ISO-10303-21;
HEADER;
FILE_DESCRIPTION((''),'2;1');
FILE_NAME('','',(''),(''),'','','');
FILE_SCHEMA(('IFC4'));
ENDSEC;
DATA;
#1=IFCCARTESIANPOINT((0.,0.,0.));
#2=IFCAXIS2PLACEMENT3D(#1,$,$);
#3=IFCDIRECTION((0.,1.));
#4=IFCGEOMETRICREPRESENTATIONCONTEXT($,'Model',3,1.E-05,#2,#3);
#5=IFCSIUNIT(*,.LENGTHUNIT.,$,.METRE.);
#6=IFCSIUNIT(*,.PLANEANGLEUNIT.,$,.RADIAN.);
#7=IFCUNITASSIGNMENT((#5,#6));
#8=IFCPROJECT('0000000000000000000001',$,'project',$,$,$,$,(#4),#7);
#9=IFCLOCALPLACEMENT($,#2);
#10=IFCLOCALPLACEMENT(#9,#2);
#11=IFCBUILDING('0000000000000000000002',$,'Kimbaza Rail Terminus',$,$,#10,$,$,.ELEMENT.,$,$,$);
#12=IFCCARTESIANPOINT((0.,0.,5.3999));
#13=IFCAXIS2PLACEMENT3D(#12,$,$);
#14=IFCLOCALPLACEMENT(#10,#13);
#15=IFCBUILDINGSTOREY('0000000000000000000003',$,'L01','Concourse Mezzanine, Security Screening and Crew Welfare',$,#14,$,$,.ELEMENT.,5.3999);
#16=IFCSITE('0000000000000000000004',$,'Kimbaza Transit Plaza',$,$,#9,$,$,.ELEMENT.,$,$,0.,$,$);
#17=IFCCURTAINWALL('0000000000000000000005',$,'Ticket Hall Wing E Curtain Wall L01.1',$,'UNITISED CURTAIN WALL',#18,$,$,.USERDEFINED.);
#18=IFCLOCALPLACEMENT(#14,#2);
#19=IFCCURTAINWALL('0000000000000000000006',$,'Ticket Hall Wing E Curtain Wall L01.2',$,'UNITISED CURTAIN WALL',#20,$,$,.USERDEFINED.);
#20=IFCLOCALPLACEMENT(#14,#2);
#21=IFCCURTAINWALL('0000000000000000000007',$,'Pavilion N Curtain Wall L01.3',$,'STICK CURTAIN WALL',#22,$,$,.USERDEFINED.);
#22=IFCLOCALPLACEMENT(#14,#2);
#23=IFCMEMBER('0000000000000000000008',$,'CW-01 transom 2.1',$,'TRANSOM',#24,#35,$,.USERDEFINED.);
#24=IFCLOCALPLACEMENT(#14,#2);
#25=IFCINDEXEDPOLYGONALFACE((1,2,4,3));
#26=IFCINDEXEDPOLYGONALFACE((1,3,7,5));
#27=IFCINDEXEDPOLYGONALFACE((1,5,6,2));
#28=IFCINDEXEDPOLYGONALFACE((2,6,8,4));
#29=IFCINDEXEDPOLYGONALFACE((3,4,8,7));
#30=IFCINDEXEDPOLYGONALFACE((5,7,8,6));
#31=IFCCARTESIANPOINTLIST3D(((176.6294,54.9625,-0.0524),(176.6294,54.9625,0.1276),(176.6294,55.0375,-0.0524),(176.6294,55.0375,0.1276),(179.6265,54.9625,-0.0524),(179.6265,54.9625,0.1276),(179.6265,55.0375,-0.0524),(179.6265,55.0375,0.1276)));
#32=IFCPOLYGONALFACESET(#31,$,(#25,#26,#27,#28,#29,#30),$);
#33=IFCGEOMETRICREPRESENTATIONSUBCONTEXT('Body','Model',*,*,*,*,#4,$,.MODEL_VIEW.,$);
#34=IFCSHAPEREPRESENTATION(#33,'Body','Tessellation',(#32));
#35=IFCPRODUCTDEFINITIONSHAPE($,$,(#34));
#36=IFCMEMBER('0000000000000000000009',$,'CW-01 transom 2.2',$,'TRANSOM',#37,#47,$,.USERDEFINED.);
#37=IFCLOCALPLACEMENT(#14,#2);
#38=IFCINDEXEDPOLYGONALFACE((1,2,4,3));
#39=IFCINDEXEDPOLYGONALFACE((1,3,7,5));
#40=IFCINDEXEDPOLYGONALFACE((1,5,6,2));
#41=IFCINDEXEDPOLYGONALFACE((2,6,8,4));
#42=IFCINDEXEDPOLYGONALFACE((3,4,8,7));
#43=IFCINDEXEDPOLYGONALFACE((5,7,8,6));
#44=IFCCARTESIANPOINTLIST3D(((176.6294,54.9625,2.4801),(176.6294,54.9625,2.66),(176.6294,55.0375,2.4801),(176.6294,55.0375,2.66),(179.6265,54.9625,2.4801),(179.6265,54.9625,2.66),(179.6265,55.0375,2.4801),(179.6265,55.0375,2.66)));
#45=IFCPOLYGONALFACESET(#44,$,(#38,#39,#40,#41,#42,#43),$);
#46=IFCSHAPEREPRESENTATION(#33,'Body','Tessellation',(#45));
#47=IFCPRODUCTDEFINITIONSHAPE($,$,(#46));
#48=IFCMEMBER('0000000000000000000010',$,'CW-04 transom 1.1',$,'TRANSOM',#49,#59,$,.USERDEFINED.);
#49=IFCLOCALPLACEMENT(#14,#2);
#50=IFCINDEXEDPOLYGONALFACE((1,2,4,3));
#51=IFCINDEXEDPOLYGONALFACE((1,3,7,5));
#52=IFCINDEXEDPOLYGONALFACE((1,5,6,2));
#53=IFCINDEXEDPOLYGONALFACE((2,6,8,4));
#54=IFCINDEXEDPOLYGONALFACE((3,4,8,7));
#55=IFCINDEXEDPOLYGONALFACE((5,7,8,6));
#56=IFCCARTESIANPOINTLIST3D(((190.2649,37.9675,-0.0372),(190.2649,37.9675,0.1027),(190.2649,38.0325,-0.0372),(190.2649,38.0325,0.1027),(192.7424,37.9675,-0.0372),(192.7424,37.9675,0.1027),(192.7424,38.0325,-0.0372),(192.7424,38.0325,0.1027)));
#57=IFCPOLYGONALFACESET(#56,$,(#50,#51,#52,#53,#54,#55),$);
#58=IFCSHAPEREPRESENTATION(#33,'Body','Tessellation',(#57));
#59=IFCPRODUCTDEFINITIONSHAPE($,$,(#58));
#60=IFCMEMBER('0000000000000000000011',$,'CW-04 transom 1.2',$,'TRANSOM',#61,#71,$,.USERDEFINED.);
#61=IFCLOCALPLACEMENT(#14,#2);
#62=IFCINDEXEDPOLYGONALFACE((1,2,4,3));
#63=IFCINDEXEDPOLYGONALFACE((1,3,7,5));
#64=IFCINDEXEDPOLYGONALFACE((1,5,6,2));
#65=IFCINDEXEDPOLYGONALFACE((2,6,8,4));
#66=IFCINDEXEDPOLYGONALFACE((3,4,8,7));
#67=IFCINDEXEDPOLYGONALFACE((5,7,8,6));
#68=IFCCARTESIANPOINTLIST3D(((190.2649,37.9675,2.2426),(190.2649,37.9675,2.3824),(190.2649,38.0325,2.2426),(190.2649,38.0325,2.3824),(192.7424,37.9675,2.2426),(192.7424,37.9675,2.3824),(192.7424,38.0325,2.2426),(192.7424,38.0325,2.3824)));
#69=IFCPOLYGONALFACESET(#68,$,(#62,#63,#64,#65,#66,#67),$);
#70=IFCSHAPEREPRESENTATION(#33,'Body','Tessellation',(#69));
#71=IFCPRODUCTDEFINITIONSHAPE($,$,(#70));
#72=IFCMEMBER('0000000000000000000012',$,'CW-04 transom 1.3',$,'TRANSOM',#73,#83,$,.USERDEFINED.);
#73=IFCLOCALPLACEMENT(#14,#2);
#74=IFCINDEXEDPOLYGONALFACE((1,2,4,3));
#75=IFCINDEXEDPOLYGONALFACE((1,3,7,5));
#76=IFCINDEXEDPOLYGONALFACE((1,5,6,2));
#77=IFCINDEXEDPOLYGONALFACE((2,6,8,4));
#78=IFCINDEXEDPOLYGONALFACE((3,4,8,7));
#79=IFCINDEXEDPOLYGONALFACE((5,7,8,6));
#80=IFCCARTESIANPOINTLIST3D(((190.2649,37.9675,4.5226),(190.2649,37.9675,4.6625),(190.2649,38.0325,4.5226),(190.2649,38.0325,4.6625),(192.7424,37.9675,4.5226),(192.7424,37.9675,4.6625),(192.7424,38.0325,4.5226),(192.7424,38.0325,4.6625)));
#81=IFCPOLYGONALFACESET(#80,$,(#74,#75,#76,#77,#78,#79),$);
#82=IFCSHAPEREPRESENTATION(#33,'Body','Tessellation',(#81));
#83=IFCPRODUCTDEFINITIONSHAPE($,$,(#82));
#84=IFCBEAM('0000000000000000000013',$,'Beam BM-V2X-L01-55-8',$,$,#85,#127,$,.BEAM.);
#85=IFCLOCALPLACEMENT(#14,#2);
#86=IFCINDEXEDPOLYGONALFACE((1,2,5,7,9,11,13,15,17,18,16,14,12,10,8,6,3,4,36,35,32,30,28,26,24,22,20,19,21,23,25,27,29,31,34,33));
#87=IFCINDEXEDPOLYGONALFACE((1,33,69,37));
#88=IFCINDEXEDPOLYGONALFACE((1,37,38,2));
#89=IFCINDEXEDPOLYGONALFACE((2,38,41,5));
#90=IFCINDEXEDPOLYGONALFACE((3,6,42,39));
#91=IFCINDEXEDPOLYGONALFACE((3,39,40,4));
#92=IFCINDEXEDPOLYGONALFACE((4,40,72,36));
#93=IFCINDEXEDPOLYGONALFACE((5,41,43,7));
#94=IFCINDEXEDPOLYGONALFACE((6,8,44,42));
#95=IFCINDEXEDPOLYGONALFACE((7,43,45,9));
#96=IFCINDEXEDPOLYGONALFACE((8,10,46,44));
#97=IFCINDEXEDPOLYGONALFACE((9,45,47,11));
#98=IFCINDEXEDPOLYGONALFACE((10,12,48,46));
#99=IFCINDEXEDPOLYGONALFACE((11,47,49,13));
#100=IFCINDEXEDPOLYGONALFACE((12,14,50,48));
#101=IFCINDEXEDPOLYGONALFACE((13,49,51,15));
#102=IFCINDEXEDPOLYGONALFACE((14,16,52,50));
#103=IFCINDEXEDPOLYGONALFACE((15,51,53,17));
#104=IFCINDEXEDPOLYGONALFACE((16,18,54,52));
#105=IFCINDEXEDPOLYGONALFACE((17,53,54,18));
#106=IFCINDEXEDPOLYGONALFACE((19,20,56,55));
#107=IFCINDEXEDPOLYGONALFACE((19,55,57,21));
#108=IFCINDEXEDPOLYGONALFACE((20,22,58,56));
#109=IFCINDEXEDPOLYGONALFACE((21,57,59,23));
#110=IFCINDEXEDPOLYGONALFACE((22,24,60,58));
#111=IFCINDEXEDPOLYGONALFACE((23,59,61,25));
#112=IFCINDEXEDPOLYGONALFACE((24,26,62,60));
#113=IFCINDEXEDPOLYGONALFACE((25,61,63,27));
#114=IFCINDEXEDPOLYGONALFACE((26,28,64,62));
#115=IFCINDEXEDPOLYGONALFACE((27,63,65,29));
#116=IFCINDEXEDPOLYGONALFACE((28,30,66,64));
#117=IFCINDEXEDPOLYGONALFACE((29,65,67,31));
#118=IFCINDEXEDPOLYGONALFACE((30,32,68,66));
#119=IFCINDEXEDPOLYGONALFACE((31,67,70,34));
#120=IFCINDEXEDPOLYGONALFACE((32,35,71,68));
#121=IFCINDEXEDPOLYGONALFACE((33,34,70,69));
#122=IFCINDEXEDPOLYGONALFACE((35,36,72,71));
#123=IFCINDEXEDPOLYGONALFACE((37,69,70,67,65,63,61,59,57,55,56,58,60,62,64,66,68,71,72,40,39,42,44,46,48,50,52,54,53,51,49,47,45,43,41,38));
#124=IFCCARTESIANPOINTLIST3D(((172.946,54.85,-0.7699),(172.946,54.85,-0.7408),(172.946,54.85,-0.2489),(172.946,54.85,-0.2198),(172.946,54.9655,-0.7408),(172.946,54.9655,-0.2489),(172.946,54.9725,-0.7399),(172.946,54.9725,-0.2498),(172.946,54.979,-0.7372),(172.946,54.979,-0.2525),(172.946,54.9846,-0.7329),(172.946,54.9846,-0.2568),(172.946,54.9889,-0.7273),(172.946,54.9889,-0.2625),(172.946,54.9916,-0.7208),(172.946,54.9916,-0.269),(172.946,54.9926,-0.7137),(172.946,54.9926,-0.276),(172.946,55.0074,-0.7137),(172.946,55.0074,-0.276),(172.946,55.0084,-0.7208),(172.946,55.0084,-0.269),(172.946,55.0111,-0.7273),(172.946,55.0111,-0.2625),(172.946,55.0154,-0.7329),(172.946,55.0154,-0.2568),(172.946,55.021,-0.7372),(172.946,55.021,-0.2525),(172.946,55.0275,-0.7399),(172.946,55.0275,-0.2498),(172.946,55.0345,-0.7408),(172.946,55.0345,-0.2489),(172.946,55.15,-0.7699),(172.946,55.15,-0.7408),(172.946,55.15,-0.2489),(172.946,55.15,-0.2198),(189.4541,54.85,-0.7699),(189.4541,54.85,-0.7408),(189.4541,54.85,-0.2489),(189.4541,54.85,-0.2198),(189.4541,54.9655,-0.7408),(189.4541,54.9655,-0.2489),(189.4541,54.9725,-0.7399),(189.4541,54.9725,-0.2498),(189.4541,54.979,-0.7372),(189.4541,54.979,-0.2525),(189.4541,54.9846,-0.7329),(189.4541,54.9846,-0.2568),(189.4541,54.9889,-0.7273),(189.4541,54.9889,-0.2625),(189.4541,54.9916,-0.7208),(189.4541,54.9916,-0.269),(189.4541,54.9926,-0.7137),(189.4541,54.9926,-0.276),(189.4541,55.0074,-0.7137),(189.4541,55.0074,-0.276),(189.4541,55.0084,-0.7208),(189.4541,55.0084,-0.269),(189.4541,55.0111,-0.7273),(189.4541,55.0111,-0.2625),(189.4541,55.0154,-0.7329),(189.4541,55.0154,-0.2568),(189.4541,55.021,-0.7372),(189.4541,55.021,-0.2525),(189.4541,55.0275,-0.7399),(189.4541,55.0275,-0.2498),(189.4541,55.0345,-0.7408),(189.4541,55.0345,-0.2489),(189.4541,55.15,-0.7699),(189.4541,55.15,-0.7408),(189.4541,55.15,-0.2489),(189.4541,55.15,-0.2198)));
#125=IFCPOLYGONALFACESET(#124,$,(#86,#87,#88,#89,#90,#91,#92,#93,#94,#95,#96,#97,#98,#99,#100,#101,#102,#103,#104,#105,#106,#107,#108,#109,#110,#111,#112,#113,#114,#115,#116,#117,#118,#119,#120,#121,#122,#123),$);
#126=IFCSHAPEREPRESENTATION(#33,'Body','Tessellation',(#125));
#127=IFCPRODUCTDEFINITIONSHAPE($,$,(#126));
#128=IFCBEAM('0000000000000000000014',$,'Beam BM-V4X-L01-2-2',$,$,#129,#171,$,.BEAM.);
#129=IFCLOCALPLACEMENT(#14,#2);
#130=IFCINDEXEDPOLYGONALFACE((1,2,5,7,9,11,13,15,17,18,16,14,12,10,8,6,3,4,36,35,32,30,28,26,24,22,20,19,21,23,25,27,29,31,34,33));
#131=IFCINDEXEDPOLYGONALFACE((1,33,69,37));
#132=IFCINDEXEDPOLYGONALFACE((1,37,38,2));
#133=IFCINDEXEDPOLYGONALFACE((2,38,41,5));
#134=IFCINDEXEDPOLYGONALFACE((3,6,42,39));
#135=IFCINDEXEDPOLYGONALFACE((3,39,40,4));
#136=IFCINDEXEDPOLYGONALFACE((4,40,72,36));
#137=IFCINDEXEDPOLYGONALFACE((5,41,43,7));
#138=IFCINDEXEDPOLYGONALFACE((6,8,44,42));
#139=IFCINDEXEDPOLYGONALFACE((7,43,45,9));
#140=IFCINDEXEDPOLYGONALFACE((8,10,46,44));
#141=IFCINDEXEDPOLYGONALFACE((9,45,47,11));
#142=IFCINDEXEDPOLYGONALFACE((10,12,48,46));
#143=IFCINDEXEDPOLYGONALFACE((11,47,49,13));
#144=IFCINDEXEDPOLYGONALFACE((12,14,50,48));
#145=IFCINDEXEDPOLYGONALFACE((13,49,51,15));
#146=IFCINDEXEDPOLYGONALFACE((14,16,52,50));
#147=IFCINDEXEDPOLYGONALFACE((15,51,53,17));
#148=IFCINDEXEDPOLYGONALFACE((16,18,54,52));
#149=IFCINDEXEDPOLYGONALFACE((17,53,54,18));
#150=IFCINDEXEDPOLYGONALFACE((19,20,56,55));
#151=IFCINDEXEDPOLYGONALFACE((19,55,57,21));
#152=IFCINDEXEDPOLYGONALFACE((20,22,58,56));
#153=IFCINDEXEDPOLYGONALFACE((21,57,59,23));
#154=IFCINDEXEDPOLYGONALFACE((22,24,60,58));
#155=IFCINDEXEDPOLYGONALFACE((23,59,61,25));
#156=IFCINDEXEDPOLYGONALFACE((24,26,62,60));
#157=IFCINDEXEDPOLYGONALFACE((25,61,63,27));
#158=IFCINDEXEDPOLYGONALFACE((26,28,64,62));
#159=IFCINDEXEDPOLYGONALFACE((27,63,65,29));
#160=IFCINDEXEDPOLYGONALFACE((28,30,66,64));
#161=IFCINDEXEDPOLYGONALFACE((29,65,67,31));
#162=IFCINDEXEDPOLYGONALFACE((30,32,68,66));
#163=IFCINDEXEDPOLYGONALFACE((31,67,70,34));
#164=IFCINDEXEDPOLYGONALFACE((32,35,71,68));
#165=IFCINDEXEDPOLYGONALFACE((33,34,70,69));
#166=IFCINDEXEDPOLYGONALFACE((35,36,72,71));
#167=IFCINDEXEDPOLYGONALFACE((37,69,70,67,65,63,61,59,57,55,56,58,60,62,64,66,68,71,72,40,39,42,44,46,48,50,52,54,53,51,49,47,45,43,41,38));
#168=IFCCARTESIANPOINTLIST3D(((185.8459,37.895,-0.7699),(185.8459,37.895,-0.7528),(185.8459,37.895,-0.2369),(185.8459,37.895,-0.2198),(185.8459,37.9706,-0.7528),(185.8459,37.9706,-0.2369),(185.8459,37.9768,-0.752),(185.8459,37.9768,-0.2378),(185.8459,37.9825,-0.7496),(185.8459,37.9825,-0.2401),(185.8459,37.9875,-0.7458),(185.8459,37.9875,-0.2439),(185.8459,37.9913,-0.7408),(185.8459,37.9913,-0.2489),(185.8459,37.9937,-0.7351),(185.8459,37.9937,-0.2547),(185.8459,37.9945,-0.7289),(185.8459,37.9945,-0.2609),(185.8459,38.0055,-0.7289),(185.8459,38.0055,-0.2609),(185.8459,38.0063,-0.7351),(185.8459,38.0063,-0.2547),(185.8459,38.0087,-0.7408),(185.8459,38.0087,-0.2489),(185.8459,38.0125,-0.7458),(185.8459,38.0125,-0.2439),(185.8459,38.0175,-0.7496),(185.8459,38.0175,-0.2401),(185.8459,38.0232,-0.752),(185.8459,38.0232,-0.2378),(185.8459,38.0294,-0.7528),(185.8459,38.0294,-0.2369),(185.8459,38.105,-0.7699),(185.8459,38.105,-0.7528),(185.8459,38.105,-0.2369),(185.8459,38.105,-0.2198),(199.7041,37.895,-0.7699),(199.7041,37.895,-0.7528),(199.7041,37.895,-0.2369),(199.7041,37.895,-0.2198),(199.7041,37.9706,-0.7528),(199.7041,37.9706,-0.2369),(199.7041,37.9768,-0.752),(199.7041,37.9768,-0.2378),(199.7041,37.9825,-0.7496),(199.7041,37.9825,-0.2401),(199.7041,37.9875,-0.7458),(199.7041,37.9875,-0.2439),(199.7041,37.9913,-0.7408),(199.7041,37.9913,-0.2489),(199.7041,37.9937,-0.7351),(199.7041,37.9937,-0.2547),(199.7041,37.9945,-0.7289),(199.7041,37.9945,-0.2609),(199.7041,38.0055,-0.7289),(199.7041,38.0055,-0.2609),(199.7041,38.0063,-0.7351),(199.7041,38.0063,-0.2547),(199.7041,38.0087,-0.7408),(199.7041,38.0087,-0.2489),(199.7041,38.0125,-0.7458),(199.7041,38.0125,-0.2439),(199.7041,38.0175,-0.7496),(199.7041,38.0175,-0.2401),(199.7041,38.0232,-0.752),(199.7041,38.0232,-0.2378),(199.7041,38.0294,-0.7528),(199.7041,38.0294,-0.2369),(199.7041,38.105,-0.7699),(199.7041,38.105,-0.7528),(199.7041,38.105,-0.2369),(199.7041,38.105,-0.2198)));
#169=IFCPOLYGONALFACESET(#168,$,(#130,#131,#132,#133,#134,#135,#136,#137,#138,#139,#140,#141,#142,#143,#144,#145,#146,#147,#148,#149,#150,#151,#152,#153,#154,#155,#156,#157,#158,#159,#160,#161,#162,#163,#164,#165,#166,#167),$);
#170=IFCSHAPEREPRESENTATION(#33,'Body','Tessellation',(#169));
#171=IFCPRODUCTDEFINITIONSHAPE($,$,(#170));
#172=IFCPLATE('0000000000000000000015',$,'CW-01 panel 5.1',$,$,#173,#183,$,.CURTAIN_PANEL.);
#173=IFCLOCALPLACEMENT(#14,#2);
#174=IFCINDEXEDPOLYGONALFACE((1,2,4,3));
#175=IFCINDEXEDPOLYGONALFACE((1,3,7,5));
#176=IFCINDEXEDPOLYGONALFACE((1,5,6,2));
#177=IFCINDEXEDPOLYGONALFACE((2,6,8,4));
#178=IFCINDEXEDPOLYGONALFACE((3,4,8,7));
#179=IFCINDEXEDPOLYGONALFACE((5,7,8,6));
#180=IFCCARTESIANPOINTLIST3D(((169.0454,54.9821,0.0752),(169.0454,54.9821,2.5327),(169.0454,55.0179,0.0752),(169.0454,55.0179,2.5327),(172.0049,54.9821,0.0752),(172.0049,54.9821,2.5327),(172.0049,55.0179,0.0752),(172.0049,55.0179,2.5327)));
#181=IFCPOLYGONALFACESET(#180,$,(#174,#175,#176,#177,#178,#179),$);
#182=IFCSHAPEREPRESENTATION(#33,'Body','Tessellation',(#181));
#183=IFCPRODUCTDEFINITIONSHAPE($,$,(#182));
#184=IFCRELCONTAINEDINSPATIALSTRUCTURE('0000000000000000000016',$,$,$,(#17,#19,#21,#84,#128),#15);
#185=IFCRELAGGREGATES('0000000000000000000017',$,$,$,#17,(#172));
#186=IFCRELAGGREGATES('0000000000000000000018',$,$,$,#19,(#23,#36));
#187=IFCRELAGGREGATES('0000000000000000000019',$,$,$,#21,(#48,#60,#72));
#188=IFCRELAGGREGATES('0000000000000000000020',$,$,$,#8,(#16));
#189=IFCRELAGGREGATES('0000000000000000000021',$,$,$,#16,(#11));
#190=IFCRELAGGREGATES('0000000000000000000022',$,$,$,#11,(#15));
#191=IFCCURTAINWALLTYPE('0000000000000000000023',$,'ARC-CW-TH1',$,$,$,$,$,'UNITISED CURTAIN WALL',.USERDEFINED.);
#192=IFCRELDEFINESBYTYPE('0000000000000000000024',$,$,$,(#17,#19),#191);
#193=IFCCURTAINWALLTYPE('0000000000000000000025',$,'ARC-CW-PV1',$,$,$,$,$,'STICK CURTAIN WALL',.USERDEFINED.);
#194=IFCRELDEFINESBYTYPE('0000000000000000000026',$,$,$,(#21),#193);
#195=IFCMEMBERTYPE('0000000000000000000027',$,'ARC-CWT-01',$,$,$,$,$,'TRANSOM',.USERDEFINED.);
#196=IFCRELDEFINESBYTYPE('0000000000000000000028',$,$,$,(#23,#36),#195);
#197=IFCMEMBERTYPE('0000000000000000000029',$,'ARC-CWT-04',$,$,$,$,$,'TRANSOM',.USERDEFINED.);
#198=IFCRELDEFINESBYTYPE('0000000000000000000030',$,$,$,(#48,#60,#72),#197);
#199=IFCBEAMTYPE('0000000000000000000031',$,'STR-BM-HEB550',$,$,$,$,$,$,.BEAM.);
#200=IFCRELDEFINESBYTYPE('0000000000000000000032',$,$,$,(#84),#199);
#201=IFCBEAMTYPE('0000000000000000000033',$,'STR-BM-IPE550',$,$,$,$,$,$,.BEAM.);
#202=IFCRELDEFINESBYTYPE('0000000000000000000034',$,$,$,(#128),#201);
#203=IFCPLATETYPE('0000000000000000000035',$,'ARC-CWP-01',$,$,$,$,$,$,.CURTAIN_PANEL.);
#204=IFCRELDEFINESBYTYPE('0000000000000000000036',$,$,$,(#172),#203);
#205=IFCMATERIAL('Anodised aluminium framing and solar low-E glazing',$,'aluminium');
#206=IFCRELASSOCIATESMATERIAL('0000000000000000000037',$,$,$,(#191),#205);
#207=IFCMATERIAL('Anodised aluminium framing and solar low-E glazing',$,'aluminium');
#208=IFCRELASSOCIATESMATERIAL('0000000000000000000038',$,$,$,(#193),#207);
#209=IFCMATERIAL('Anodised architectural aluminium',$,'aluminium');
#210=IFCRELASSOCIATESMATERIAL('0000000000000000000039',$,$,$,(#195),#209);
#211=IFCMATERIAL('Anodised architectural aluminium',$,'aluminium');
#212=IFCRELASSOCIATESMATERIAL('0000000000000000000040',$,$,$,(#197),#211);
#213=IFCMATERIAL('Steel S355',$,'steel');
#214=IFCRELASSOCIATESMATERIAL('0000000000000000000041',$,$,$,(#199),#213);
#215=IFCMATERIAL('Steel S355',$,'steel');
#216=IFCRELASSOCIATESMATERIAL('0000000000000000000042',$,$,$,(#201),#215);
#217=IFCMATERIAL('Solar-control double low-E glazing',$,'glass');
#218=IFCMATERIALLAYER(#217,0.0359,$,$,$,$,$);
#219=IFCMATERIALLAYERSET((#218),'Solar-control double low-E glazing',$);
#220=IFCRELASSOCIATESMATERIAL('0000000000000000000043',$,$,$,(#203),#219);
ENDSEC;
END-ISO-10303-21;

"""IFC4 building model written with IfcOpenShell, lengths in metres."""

from ifc_helpers import new_model, si_unit, direction, frame, origin, origin_2d, place, context, subcontext, project, spatial, rectangle, i_section, extrude, material, layer, layer_set, material_profile, profile_set, type_object, element, aggregate, save


model = new_model("IFC4")

# Units and contexts
model_context = context("Model", 3, precision=1e-05, world=origin(), true_north=direction((0.0, 1.0)))
body_context = subcontext(model_context, "Body", "Model", "MODEL_VIEW")
ifc_project = project(units=[si_unit("LENGTHUNIT", "METRE"), si_unit("PLANEANGLEUNIT", "RADIAN")], contexts=[model_context])

# Site, building, storey
site_placement = place(None, origin())
site = spatial("IfcSite", under=ifc_project, at=site_placement, Name="Kimbaza Transit Plaza", CompositionType="ELEMENT", RefElevation=0.0)
building_placement = place(site_placement, origin())
building = spatial("IfcBuilding", under=site, at=building_placement, Name="Kimbaza Rail Terminus", CompositionType="ELEMENT")
storey_placement = place(building_placement, frame((0.0, 0.0, 5.3999)))
storey = spatial("IfcBuildingStorey", under=building, at=storey_placement, Name="L01", Description="Concourse Mezzanine, Security Screening and Crew Welfare", CompositionType="ELEMENT", Elevation=5.3999)

# Curtain wall
ifc_material_1 = material(Name="Anodised aluminium framing and solar low-E glazing", Category="aluminium")
curtain_wall_type_1 = type_object("IfcCurtainWallType", Name="ARC-CW-TH1", ElementType="UNITISED CURTAIN WALL", PredefinedType="USERDEFINED", material=ifc_material_1)
curtain_wall_1_placement = place(storey_placement, origin())
curtain_wall_1 = element("IfcCurtainWall", 1, at=curtain_wall_1_placement, inside=storey, type_object=curtain_wall_type_1, Name="Ticket Hall Wing E Curtain Wall L01.1", ObjectType="UNITISED CURTAIN WALL", PredefinedType="USERDEFINED")

# Curtain walls
curtain_wall_2_placement = place(storey_placement, origin())
curtain_wall_2 = element("IfcCurtainWall", 2, at=curtain_wall_2_placement, inside=storey, type_object=curtain_wall_type_1, Name="Ticket Hall Wing E Curtain Wall L01.2", ObjectType="UNITISED CURTAIN WALL", PredefinedType="USERDEFINED")
ifc_material_2 = material(Name="Anodised aluminium framing and solar low-E glazing", Category="aluminium")
curtain_wall_type_2 = type_object("IfcCurtainWallType", Name="ARC-CW-PV1", ElementType="STICK CURTAIN WALL", PredefinedType="USERDEFINED", material=ifc_material_2)
curtain_wall_3_placement = place(storey_placement, origin())
curtain_wall_3 = element("IfcCurtainWall", 3, at=curtain_wall_3_placement, inside=storey, type_object=curtain_wall_type_2, Name="Pavilion N Curtain Wall L01.3", ObjectType="STICK CURTAIN WALL", PredefinedType="USERDEFINED")

# Members
ifc_material_3 = material(Name="Anodised architectural aluminium", Category="aluminium")
ifc_material_profile_1 = material_profile(ifc_material_3, rectangle(XDim=0.075, YDim=0.1799, at=origin_2d()), Name="TRANSOM 75x180")
ifc_profile_set_1 = profile_set([ifc_material_profile_1], Name="Anodised architectural aluminium")
member_type_1 = type_object("IfcMemberType", Name="ARC-CWT-01", ElementType="TRANSOM", PredefinedType="USERDEFINED", material=ifc_profile_set_1)
member_1_placement = place(storey_placement, frame((176.6294, 55.0, 0.0376), z_axis=(1.0, 0.0, 0.0), x_axis=(0.0, 1.0, 0.0)))
member_1 = element("IfcMember", 4, at=member_1_placement, type_object=member_type_1, Name="CW-01 transom 2.1", ObjectType="TRANSOM", PredefinedType="USERDEFINED", context=body_context, shape_type="SweptSolid", body=[
    extrude(rectangle(XDim=0.075, YDim=0.1799, at=origin_2d()), origin(), (0.0, 0.0, 1.0), 2.9971),
])
member_2_placement = place(storey_placement, frame((176.6294, 55.0, 2.5701), z_axis=(1.0, 0.0, 0.0), x_axis=(0.0, 1.0, 0.0)))
member_2 = element("IfcMember", 5, at=member_2_placement, type_object=member_type_1, Name="CW-01 transom 2.2", ObjectType="TRANSOM", PredefinedType="USERDEFINED", context=body_context, shape_type="SweptSolid", body=[
    extrude(rectangle(XDim=0.075, YDim=0.1799, at=origin_2d()), origin(), (0.0, 0.0, 1.0), 2.9971),
])
ifc_material_4 = material(Name="Anodised architectural aluminium", Category="aluminium")
ifc_material_profile_2 = material_profile(ifc_material_4, rectangle(XDim=0.0649, YDim=0.1399, at=origin_2d()), Name="TRANSOM 65x140")
ifc_profile_set_2 = profile_set([ifc_material_profile_2], Name="Anodised architectural aluminium")
member_type_2 = type_object("IfcMemberType", Name="ARC-CWT-04", ElementType="TRANSOM", PredefinedType="USERDEFINED", material=ifc_profile_set_2)
member_3_placement = place(storey_placement, frame((190.2649, 38.0, 0.0327), z_axis=(1.0, 0.0, 0.0), x_axis=(0.0, 1.0, 0.0)))
member_3 = element("IfcMember", 6, at=member_3_placement, type_object=member_type_2, Name="CW-04 transom 1.1", ObjectType="TRANSOM", PredefinedType="USERDEFINED", context=body_context, shape_type="SweptSolid", body=[
    extrude(rectangle(XDim=0.0649, YDim=0.1399, at=origin_2d()), origin(), (0.0, 0.0, 1.0), 2.4775),
])
member_4_placement = place(storey_placement, frame((190.2649, 38.0, 2.3125), z_axis=(1.0, 0.0, 0.0), x_axis=(0.0, 1.0, 0.0)))
member_4 = element("IfcMember", 7, at=member_4_placement, type_object=member_type_2, Name="CW-04 transom 1.2", ObjectType="TRANSOM", PredefinedType="USERDEFINED", context=body_context, shape_type="SweptSolid", body=[
    extrude(rectangle(XDim=0.0649, YDim=0.1399, at=origin_2d()), origin(), (0.0, 0.0, 1.0), 2.4775),
])
member_5_placement = place(storey_placement, frame((190.2649, 38.0, 4.5925), z_axis=(1.0, 0.0, 0.0), x_axis=(0.0, 1.0, 0.0)))
member_5 = element("IfcMember", 8, at=member_5_placement, type_object=member_type_2, Name="CW-04 transom 1.3", ObjectType="TRANSOM", PredefinedType="USERDEFINED", context=body_context, shape_type="SweptSolid", body=[
    extrude(rectangle(XDim=0.0649, YDim=0.1399, at=origin_2d()), origin(), (0.0, 0.0, 1.0), 2.4775),
])

# Beams
ifc_material_5 = material(Name="Steel S355", Category="steel")
ifc_material_profile_3 = material_profile(ifc_material_5, i_section(OverallWidth=0.3, OverallDepth=0.55, WebThickness=0.0149, FlangeThickness=0.0291, FilletRadius=0.0271, at=origin_2d()), Name="HEB 550")
ifc_profile_set_3 = profile_set([ifc_material_profile_3], Name="Steel S355")
beam_type_1 = type_object("IfcBeamType", Name="STR-BM-HEB550", PredefinedType="BEAM", material=ifc_profile_set_3)
beam_1_placement = place(storey_placement, frame((172.946, 55.0, -0.4949), z_axis=(1.0, 0.0, 0.0), x_axis=(0.0, 1.0, 0.0)))
element("IfcBeam", 9, at=beam_1_placement, inside=storey, type_object=beam_type_1, Name="Beam BM-V2X-L01-55-8", PredefinedType="BEAM", context=body_context, shape_type="SweptSolid", body=[
    extrude(i_section(OverallWidth=0.3, OverallDepth=0.55, WebThickness=0.0149, FlangeThickness=0.0291, FilletRadius=0.0271, at=origin_2d()), origin(), (0.0, 0.0, 1.0), 16.5081),
])
ifc_material_6 = material(Name="Steel S355", Category="steel")
ifc_material_profile_4 = material_profile(ifc_material_6, i_section(OverallWidth=0.21, OverallDepth=0.55, WebThickness=0.011, FlangeThickness=0.0171, FilletRadius=0.0239, at=origin_2d()), Name="IPE 550")
ifc_profile_set_4 = profile_set([ifc_material_profile_4], Name="Steel S355")
beam_type_2 = type_object("IfcBeamType", Name="STR-BM-IPE550", PredefinedType="BEAM", material=ifc_profile_set_4)
beam_2_placement = place(storey_placement, frame((185.8459, 38.0, -0.4949), z_axis=(1.0, 0.0, 0.0), x_axis=(0.0, 1.0, 0.0)))
element("IfcBeam", 10, at=beam_2_placement, inside=storey, type_object=beam_type_2, Name="Beam BM-V4X-L01-2-2", PredefinedType="BEAM", context=body_context, shape_type="SweptSolid", body=[
    extrude(i_section(OverallWidth=0.21, OverallDepth=0.55, WebThickness=0.011, FlangeThickness=0.0171, FilletRadius=0.0239, at=origin_2d()), origin(), (0.0, 0.0, 1.0), 13.8582),
])

# Plate
ifc_material_7 = material(Name="Solar-control double low-E glazing", Category="glass")
ifc_layer_1 = layer(ifc_material_7, 0.0359)
ifc_layer_set_1 = layer_set([ifc_layer_1], Name="Solar-control double low-E glazing")
plate_type_1 = type_object("IfcPlateType", Name="ARC-CWP-01", PredefinedType="CURTAIN_PANEL", material=ifc_layer_set_1)
plate_1_placement = place(storey_placement, frame((170.5251, 55.0, 0.0752), z_axis=(0.0, 0.0, 1.0), x_axis=(1.0, 0.0, 0.0)))
plate_1 = element("IfcPlate", 11, at=plate_1_placement, type_object=plate_type_1, Name="CW-01 panel 5.1", PredefinedType="CURTAIN_PANEL", context=body_context, shape_type="SweptSolid", body=[
    extrude(rectangle(XDim=2.9595, YDim=0.0359, at=origin_2d()), origin(), (0.0, 0.0, 1.0), 2.4575),
])
aggregate(curtain_wall_1, [plate_1])
aggregate(curtain_wall_2, [member_1, member_2])
aggregate(curtain_wall_3, [member_3, member_4, member_5])

save(model, "model.ifc")
